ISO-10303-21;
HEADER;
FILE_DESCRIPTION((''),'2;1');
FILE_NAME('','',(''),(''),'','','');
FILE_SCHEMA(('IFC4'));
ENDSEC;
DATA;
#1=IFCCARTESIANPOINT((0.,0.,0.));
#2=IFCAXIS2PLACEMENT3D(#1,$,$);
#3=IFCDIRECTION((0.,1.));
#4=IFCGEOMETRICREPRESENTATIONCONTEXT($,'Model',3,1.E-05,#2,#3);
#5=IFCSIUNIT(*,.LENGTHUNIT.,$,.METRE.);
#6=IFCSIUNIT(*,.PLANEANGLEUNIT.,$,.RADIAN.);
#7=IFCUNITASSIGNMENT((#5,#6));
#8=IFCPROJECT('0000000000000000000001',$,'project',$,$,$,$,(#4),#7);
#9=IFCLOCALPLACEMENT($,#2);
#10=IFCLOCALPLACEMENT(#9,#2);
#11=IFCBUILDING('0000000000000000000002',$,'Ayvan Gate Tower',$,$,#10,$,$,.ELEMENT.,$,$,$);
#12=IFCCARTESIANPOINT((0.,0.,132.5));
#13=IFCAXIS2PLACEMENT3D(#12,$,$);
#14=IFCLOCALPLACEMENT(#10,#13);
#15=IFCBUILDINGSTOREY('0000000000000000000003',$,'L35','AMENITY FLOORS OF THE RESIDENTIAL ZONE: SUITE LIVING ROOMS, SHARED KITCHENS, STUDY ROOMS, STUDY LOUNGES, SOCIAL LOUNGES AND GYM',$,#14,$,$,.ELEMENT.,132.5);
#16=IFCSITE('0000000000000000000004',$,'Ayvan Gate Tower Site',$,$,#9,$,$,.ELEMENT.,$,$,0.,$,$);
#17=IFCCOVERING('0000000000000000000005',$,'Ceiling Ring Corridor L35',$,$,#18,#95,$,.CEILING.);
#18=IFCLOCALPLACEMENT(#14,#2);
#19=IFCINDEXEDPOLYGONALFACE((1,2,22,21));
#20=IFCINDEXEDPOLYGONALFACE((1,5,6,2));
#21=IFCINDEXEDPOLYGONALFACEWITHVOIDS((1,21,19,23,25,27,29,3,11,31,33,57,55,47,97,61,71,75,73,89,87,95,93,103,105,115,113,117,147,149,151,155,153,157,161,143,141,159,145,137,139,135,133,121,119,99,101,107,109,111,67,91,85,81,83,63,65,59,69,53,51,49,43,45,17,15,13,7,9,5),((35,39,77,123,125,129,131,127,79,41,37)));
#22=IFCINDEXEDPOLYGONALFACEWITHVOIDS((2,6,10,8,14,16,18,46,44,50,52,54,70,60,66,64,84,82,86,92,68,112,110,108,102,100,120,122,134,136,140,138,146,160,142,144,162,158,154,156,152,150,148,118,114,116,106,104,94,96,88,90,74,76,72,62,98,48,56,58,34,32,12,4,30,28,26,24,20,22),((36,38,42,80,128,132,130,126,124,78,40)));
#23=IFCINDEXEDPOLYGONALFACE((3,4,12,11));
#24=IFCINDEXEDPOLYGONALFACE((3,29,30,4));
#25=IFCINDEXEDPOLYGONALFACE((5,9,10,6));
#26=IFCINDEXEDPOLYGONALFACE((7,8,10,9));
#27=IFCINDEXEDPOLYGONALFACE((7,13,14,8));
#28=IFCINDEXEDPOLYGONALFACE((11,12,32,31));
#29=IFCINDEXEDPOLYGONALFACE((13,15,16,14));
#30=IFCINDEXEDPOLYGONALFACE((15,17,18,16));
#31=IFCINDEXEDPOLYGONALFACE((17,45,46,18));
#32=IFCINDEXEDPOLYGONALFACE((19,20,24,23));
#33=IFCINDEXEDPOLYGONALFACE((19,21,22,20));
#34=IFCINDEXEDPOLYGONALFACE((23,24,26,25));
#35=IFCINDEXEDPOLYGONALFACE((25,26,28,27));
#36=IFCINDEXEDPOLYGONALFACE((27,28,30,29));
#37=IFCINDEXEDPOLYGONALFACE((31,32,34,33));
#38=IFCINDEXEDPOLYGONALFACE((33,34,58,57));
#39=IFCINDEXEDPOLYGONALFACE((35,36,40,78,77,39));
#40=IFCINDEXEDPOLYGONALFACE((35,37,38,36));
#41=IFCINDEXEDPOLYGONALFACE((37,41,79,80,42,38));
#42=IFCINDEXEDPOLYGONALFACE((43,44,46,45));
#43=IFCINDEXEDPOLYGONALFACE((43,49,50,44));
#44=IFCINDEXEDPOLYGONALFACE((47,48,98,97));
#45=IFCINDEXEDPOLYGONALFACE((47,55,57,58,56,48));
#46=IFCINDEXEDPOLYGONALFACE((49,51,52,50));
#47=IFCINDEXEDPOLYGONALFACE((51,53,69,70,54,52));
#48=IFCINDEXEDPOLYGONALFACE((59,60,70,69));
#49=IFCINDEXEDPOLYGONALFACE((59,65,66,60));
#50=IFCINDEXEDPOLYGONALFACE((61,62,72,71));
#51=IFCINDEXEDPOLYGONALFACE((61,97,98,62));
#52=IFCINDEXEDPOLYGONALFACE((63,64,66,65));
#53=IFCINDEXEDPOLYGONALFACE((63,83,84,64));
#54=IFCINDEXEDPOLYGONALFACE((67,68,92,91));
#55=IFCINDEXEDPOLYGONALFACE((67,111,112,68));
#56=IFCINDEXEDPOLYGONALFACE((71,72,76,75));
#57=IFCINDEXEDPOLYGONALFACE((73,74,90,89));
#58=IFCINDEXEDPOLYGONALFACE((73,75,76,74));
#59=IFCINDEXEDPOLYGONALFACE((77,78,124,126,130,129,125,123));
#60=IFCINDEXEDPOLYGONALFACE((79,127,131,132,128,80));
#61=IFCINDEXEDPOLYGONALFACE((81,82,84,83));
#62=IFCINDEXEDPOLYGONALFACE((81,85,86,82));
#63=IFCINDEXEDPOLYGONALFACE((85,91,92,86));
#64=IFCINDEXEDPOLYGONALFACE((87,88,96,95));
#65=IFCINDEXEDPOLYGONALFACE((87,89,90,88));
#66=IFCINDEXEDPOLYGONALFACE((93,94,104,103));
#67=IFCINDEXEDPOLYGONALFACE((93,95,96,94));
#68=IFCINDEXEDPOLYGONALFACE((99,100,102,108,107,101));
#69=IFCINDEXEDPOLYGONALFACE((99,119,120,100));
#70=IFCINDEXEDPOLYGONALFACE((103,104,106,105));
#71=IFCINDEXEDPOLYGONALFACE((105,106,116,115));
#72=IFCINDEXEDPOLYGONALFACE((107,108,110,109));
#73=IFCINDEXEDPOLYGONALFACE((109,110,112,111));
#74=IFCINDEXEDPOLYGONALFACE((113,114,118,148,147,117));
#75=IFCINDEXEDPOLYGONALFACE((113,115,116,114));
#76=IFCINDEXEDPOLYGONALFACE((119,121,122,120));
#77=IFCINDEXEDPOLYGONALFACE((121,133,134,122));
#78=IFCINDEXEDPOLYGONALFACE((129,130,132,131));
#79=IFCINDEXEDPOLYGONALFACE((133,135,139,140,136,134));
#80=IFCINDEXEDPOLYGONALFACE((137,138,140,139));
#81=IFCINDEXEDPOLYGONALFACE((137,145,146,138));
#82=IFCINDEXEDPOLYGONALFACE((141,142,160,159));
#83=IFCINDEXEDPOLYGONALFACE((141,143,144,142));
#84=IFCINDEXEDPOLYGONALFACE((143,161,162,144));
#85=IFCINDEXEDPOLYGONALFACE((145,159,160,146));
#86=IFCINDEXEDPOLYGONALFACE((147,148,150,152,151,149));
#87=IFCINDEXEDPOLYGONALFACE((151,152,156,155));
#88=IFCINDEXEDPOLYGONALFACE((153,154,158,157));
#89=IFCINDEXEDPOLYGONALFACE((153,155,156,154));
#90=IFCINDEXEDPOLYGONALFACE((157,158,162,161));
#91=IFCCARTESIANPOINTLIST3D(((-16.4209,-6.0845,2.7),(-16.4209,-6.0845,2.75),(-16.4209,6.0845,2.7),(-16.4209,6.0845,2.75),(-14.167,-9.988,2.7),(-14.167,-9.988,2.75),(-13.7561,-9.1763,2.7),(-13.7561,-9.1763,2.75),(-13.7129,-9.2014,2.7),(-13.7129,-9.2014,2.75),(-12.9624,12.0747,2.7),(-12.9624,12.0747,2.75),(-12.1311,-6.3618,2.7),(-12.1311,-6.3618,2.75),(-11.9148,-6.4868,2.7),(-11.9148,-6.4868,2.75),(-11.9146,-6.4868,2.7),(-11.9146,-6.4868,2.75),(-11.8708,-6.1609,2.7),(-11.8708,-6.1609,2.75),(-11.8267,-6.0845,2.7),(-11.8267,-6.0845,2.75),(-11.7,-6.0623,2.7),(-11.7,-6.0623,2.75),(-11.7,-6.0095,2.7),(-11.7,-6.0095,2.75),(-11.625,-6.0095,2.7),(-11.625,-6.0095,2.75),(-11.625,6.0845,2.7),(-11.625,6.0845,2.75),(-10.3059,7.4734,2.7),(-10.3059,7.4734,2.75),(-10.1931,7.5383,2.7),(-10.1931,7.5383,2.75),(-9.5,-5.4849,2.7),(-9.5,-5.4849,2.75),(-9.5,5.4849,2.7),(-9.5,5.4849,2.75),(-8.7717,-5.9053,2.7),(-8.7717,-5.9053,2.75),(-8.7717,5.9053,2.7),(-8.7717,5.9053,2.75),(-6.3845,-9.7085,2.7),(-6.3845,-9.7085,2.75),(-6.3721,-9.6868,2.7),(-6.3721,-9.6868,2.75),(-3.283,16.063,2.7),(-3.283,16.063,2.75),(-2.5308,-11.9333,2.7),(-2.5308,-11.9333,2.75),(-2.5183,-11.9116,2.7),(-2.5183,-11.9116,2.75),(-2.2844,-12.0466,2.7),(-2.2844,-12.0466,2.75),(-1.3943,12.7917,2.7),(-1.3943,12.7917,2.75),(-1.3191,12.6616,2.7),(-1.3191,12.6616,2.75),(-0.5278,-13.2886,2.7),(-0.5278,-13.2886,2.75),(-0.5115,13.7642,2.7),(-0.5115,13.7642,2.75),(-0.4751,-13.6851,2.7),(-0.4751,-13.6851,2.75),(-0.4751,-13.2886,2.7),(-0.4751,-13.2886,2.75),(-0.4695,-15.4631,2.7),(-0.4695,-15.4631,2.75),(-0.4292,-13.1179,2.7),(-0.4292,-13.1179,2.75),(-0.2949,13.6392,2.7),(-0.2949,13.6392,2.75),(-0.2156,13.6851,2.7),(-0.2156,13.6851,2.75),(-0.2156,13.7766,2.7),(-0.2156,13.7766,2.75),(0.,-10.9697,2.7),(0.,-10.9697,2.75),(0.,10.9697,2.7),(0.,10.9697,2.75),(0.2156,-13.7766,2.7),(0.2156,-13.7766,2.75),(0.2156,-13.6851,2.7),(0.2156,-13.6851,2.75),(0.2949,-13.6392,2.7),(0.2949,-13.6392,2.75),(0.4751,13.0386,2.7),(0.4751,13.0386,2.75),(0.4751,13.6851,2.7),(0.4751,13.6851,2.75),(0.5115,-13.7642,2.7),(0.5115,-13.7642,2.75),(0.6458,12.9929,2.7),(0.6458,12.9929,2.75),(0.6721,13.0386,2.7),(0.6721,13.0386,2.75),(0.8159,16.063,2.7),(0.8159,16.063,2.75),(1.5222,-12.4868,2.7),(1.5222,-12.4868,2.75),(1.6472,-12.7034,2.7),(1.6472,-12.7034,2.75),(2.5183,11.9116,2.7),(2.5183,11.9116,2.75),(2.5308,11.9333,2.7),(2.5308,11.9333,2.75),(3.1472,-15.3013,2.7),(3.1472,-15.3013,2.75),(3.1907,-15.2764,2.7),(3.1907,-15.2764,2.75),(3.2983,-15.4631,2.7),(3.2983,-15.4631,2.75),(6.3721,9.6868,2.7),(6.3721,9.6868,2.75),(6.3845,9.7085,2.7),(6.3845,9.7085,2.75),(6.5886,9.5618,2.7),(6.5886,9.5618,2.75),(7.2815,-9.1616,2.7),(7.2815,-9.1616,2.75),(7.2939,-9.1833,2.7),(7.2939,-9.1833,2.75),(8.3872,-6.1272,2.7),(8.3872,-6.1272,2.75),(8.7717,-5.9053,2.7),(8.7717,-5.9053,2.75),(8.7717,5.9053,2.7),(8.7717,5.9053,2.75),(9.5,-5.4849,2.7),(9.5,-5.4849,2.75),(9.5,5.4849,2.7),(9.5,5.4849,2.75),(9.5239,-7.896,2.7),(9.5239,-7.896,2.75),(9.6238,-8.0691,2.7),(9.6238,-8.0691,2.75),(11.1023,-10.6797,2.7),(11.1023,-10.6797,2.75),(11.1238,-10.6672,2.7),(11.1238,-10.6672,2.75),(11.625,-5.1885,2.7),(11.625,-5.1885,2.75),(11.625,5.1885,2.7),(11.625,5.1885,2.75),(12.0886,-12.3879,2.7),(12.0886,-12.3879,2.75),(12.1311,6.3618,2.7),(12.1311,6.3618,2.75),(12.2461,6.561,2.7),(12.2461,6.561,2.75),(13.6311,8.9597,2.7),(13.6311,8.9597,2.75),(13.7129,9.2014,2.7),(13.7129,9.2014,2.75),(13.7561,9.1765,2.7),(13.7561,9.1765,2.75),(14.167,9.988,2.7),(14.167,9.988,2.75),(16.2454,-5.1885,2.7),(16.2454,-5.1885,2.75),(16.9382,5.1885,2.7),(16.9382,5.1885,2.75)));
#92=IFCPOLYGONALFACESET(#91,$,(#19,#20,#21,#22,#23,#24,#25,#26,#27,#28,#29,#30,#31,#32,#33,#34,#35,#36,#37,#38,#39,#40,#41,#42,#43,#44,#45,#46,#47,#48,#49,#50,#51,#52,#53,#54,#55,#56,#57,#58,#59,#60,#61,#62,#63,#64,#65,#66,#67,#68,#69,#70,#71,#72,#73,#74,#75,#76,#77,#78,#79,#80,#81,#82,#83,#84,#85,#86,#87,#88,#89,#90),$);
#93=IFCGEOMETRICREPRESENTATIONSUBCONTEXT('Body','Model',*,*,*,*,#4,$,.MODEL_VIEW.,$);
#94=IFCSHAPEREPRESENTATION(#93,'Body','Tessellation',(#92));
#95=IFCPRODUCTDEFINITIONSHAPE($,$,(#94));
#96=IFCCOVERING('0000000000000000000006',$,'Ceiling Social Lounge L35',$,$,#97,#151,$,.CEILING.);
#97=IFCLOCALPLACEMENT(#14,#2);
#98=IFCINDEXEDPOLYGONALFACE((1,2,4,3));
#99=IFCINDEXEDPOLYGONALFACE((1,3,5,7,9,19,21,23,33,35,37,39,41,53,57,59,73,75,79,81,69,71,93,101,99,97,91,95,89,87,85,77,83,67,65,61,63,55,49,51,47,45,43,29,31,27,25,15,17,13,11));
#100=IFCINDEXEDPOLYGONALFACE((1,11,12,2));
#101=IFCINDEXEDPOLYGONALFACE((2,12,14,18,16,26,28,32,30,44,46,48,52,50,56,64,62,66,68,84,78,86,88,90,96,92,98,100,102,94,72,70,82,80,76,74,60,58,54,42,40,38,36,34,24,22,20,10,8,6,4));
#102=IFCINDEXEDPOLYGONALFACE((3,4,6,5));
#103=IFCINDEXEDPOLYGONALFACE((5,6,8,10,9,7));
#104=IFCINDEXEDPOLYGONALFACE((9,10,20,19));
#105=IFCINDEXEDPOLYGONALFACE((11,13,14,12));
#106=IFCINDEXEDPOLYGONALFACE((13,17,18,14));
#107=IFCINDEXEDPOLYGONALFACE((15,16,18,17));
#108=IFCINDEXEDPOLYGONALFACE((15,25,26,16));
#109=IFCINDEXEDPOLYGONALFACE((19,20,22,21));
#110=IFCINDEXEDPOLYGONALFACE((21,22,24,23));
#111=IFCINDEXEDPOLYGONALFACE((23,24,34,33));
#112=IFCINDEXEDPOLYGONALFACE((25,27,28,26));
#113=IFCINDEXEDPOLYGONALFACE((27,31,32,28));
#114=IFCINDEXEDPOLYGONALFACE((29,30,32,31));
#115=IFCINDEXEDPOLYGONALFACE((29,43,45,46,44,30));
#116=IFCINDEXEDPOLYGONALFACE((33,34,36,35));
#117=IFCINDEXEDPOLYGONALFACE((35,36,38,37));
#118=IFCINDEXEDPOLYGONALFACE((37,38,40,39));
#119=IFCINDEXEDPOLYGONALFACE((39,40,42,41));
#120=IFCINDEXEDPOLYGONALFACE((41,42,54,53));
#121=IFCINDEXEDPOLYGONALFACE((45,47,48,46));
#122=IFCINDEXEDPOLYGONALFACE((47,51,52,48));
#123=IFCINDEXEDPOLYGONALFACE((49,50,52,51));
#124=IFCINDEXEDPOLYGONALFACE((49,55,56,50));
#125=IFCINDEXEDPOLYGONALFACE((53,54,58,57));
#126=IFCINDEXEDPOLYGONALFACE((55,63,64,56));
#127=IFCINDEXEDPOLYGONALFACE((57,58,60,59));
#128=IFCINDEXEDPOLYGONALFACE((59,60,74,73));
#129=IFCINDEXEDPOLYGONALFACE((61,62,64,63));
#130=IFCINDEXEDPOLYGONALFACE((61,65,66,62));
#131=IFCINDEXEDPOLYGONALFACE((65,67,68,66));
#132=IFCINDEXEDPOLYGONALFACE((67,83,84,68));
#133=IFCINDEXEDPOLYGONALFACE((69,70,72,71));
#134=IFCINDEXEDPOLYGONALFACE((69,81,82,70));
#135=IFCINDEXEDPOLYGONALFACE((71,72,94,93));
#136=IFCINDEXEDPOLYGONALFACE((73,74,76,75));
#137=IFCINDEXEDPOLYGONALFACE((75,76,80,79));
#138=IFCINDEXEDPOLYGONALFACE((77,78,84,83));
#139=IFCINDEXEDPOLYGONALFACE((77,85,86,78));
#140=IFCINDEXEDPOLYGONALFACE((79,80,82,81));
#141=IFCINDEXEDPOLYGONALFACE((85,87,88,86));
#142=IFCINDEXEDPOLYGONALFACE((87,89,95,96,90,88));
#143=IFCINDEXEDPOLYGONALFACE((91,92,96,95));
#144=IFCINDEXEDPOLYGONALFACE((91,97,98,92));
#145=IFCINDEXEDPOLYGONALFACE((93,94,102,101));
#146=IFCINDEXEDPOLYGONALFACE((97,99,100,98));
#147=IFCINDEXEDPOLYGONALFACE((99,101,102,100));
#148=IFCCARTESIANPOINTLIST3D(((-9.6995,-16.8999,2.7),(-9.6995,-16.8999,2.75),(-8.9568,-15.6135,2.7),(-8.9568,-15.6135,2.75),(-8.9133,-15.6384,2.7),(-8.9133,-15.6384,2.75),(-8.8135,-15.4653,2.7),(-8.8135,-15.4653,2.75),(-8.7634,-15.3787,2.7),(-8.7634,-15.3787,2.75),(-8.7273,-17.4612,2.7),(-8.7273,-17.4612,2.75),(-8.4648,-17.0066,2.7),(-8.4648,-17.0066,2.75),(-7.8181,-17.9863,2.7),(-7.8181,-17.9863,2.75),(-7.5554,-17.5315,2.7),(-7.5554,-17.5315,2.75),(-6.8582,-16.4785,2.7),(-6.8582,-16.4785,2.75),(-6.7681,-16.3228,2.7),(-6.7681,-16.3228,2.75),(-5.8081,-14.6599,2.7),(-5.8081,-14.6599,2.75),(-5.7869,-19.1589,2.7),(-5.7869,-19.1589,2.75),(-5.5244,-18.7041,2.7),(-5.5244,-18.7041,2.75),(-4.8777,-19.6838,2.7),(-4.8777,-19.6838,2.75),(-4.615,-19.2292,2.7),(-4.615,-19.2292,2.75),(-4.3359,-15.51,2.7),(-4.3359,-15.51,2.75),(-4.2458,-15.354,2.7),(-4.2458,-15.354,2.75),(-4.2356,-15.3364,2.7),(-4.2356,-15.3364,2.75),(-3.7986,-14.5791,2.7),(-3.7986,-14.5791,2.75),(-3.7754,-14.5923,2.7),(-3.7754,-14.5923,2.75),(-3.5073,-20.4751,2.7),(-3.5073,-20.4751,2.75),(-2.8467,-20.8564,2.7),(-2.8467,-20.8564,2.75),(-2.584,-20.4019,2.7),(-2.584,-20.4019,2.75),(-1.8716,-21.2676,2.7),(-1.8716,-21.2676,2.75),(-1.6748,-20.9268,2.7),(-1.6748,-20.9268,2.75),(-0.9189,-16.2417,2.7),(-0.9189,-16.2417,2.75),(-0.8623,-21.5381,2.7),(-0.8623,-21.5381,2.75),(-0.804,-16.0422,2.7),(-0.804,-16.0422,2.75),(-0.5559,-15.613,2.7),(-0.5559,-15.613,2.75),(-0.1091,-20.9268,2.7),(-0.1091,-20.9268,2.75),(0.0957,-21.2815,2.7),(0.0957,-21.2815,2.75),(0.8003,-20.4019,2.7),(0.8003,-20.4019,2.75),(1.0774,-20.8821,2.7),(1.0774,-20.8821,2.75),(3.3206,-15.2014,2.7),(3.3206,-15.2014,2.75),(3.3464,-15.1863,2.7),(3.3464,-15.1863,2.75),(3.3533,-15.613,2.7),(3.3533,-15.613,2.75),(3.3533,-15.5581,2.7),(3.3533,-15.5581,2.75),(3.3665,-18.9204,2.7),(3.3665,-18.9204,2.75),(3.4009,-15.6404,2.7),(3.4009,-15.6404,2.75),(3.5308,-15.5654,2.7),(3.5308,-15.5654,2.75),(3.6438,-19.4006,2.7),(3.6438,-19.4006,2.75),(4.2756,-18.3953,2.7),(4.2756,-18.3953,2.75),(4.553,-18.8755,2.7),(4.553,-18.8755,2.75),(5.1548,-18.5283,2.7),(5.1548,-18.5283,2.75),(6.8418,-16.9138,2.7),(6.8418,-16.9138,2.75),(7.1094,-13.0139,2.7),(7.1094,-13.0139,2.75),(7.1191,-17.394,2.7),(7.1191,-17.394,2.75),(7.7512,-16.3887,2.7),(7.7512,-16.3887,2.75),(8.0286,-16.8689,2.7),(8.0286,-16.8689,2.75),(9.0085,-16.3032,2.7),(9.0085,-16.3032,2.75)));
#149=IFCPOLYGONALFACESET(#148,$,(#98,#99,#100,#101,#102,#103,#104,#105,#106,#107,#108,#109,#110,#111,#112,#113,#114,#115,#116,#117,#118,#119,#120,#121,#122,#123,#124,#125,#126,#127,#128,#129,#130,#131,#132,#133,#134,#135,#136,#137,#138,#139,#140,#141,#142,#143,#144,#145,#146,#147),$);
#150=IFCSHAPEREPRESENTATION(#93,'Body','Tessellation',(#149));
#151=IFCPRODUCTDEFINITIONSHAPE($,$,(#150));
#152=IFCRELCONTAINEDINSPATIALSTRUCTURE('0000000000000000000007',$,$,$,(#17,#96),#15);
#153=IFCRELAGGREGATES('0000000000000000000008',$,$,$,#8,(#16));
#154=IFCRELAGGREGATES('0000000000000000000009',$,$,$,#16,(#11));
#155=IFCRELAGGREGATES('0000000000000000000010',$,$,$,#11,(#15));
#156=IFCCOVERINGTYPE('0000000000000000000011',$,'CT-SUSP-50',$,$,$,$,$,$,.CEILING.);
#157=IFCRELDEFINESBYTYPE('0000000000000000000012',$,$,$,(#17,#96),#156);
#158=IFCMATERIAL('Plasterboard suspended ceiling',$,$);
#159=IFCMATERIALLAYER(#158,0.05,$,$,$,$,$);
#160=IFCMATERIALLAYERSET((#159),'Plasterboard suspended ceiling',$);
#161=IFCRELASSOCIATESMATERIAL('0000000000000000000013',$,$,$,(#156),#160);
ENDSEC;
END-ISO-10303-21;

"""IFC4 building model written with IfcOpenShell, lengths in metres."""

from ifc_helpers import new_model, si_unit, direction, frame, origin, place, context, subcontext, project, spatial, polyline, outline, extrude, material, layer, layer_set, type_object, element, save


model = new_model("IFC4")

# Units and contexts
model_context = context("Model", 3, precision=1e-05, world=origin(), true_north=direction((0.0, 1.0)))
body_context = subcontext(model_context, "Body", "Model", "MODEL_VIEW")
ifc_project = project(units=[si_unit("LENGTHUNIT", "METRE"), si_unit("PLANEANGLEUNIT", "RADIAN")], contexts=[model_context])

# Site, building, storey
site_placement = place(None, origin())
site = spatial("IfcSite", under=ifc_project, at=site_placement, Name="Ayvan Gate Tower Site", CompositionType="ELEMENT", RefElevation=0.0)
building_placement = place(site_placement, origin())
building = spatial("IfcBuilding", under=site, at=building_placement, Name="Ayvan Gate Tower", CompositionType="ELEMENT")
storey_placement = place(building_placement, frame((0.0, 0.0, 132.5)))
storey = spatial("IfcBuildingStorey", under=building, at=storey_placement, Name="L35", Description="AMENITY FLOORS OF THE RESIDENTIAL ZONE: SUITE LIVING ROOMS, SHARED KITCHENS, STUDY ROOMS, STUDY LOUNGES, SOCIAL LOUNGES AND GYM", CompositionType="ELEMENT", Elevation=132.5)

# Coverings
ifc_material_1 = material(Name="Plasterboard suspended ceiling")
ifc_layer_1 = layer(ifc_material_1, 0.05)
ifc_layer_set_1 = layer_set([ifc_layer_1], Name="Plasterboard suspended ceiling")
covering_type = type_object("IfcCoveringType", Name="CT-SUSP-50", PredefinedType="CEILING", material=ifc_layer_set_1)
covering_1_placement = place(storey_placement, frame((0.0, 0.0, 2.7)))
element("IfcCovering", 1, at=covering_1_placement, inside=storey, type_object=covering_type, Name="Ceiling Ring Corridor L35", PredefinedType="CEILING", context=body_context, shape_type="SweptSolid", body=[
    extrude(outline(polyline([(-11.9148, -6.4868), (-12.1311, -6.3618), (-13.7561, -9.1763), (-13.7129, -9.2014), (-14.167, -9.988), (-16.4209, -6.0845), (-11.8267, -6.0845), (-11.8708, -6.1609), (-11.7, -6.0623), (-11.7, -6.0095), (-11.625, -6.0095), (-11.625, 6.0845), (-16.4209, 6.0845), (-12.9624, 12.0747), (-10.3059, 7.4734), (-10.1931, 7.5383), (-1.3191, 12.6616), (-1.3943, 12.7917), (-3.283, 16.063), (0.8159, 16.063), (-0.5115, 13.7642), (-0.2949, 13.6392), (-0.2156, 13.7766), (-0.2156, 13.6851), (0.4751, 13.6851), (0.4751, 13.0386), (0.6721, 13.0386), (0.6458, 12.9929), (2.5183, 11.9116), (2.5308, 11.9333), (6.3845, 9.7085), (6.3721, 9.6868), (6.5886, 9.5618), (12.1311, 6.3618), (12.2461, 6.561), (13.6311, 8.9597), (13.7561, 9.1765), (13.7129, 9.2014), (14.167, 9.988), (16.9382, 5.1885), (11.625, 5.1885), (11.625, -5.1885), (16.2454, -5.1885), (12.0886, -12.3879), (11.1023, -10.6797), (11.1238, -10.6672), (9.6238, -8.0691), (9.5239, -7.896), (7.2939, -9.1833), (7.2815, -9.1616), (1.5222, -12.4868), (1.6472, -12.7034), (3.1472, -15.3013), (3.1907, -15.2764), (3.2983, -15.4631), (-0.4695, -15.4631), (0.5115, -13.7642), (0.2949, -13.6392), (0.2156, -13.7766), (0.2156, -13.6851), (-0.4751, -13.6851), (-0.4751, -13.2886), (-0.5278, -13.2886), (-0.4292, -13.1179), (-2.2844, -12.0466), (-2.5183, -11.9116), (-2.5308, -11.9333), (-6.3845, -9.7085), (-6.3721, -9.6868), (-11.9146, -6.4868), (-11.9148, -6.4868)]), holes=[polyline([(-8.7717, -5.9053), (0.0, -10.9697), (8.3872, -6.1272), (8.7717, -5.9053), (9.5, -5.4849), (9.5, 5.4849), (8.7717, 5.9053), (0.0, 10.9697), (-8.7717, 5.9053), (-9.5, 5.4849), (-9.5, -5.4849), (-8.7717, -5.9053)])]), origin(), (0.0, 0.0, 1.0), 0.05),
])
covering_2_placement = place(storey_placement, frame((0.0, 0.0, 2.7)))
element("IfcCovering", 2, at=covering_2_placement, inside=storey, type_object=covering_type, Name="Ceiling Social Lounge L35", PredefinedType="CEILING", context=body_context, shape_type="SweptSolid", body=[
    extrude(outline(polyline([(-8.7634, -15.3787), (-6.8582, -16.4785), (-6.7681, -16.3228), (-5.8081, -14.6599), (-4.3359, -15.51), (-4.2458, -15.354), (-4.2356, -15.3364), (-3.7986, -14.5791), (-3.7754, -14.5923), (-0.9189, -16.2417), (-0.804, -16.0422), (-0.5559, -15.613), (3.3533, -15.613), (3.3533, -15.5581), (3.4009, -15.6404), (3.5308, -15.5654), (3.3206, -15.2014), (3.3464, -15.1863), (7.1094, -13.0139), (9.0085, -16.3032), (8.0286, -16.8689), (7.7512, -16.3887), (6.8418, -16.9138), (7.1191, -17.394), (5.1548, -18.5283), (4.553, -18.8755), (4.2756, -18.3953), (3.3665, -18.9204), (3.6438, -19.4006), (1.0774, -20.8821), (0.8003, -20.4019), (-0.1091, -20.9268), (0.0957, -21.2815), (-0.8623, -21.5381), (-1.8716, -21.2676), (-1.6748, -20.9268), (-2.584, -20.4019), (-2.8467, -20.8564), (-3.5073, -20.4751), (-4.8777, -19.6838), (-4.615, -19.2292), (-5.5244, -18.7041), (-5.7869, -19.1589), (-7.8181, -17.9863), (-7.5554, -17.5315), (-8.4648, -17.0066), (-8.7273, -17.4612), (-9.6995, -16.8999), (-8.9568, -15.6135), (-8.9133, -15.6384), (-8.8135, -15.4653), (-8.7634, -15.3787)])), origin(), (0.0, 0.0, 1.0), 0.05),
])

save(model, "model.ifc")
